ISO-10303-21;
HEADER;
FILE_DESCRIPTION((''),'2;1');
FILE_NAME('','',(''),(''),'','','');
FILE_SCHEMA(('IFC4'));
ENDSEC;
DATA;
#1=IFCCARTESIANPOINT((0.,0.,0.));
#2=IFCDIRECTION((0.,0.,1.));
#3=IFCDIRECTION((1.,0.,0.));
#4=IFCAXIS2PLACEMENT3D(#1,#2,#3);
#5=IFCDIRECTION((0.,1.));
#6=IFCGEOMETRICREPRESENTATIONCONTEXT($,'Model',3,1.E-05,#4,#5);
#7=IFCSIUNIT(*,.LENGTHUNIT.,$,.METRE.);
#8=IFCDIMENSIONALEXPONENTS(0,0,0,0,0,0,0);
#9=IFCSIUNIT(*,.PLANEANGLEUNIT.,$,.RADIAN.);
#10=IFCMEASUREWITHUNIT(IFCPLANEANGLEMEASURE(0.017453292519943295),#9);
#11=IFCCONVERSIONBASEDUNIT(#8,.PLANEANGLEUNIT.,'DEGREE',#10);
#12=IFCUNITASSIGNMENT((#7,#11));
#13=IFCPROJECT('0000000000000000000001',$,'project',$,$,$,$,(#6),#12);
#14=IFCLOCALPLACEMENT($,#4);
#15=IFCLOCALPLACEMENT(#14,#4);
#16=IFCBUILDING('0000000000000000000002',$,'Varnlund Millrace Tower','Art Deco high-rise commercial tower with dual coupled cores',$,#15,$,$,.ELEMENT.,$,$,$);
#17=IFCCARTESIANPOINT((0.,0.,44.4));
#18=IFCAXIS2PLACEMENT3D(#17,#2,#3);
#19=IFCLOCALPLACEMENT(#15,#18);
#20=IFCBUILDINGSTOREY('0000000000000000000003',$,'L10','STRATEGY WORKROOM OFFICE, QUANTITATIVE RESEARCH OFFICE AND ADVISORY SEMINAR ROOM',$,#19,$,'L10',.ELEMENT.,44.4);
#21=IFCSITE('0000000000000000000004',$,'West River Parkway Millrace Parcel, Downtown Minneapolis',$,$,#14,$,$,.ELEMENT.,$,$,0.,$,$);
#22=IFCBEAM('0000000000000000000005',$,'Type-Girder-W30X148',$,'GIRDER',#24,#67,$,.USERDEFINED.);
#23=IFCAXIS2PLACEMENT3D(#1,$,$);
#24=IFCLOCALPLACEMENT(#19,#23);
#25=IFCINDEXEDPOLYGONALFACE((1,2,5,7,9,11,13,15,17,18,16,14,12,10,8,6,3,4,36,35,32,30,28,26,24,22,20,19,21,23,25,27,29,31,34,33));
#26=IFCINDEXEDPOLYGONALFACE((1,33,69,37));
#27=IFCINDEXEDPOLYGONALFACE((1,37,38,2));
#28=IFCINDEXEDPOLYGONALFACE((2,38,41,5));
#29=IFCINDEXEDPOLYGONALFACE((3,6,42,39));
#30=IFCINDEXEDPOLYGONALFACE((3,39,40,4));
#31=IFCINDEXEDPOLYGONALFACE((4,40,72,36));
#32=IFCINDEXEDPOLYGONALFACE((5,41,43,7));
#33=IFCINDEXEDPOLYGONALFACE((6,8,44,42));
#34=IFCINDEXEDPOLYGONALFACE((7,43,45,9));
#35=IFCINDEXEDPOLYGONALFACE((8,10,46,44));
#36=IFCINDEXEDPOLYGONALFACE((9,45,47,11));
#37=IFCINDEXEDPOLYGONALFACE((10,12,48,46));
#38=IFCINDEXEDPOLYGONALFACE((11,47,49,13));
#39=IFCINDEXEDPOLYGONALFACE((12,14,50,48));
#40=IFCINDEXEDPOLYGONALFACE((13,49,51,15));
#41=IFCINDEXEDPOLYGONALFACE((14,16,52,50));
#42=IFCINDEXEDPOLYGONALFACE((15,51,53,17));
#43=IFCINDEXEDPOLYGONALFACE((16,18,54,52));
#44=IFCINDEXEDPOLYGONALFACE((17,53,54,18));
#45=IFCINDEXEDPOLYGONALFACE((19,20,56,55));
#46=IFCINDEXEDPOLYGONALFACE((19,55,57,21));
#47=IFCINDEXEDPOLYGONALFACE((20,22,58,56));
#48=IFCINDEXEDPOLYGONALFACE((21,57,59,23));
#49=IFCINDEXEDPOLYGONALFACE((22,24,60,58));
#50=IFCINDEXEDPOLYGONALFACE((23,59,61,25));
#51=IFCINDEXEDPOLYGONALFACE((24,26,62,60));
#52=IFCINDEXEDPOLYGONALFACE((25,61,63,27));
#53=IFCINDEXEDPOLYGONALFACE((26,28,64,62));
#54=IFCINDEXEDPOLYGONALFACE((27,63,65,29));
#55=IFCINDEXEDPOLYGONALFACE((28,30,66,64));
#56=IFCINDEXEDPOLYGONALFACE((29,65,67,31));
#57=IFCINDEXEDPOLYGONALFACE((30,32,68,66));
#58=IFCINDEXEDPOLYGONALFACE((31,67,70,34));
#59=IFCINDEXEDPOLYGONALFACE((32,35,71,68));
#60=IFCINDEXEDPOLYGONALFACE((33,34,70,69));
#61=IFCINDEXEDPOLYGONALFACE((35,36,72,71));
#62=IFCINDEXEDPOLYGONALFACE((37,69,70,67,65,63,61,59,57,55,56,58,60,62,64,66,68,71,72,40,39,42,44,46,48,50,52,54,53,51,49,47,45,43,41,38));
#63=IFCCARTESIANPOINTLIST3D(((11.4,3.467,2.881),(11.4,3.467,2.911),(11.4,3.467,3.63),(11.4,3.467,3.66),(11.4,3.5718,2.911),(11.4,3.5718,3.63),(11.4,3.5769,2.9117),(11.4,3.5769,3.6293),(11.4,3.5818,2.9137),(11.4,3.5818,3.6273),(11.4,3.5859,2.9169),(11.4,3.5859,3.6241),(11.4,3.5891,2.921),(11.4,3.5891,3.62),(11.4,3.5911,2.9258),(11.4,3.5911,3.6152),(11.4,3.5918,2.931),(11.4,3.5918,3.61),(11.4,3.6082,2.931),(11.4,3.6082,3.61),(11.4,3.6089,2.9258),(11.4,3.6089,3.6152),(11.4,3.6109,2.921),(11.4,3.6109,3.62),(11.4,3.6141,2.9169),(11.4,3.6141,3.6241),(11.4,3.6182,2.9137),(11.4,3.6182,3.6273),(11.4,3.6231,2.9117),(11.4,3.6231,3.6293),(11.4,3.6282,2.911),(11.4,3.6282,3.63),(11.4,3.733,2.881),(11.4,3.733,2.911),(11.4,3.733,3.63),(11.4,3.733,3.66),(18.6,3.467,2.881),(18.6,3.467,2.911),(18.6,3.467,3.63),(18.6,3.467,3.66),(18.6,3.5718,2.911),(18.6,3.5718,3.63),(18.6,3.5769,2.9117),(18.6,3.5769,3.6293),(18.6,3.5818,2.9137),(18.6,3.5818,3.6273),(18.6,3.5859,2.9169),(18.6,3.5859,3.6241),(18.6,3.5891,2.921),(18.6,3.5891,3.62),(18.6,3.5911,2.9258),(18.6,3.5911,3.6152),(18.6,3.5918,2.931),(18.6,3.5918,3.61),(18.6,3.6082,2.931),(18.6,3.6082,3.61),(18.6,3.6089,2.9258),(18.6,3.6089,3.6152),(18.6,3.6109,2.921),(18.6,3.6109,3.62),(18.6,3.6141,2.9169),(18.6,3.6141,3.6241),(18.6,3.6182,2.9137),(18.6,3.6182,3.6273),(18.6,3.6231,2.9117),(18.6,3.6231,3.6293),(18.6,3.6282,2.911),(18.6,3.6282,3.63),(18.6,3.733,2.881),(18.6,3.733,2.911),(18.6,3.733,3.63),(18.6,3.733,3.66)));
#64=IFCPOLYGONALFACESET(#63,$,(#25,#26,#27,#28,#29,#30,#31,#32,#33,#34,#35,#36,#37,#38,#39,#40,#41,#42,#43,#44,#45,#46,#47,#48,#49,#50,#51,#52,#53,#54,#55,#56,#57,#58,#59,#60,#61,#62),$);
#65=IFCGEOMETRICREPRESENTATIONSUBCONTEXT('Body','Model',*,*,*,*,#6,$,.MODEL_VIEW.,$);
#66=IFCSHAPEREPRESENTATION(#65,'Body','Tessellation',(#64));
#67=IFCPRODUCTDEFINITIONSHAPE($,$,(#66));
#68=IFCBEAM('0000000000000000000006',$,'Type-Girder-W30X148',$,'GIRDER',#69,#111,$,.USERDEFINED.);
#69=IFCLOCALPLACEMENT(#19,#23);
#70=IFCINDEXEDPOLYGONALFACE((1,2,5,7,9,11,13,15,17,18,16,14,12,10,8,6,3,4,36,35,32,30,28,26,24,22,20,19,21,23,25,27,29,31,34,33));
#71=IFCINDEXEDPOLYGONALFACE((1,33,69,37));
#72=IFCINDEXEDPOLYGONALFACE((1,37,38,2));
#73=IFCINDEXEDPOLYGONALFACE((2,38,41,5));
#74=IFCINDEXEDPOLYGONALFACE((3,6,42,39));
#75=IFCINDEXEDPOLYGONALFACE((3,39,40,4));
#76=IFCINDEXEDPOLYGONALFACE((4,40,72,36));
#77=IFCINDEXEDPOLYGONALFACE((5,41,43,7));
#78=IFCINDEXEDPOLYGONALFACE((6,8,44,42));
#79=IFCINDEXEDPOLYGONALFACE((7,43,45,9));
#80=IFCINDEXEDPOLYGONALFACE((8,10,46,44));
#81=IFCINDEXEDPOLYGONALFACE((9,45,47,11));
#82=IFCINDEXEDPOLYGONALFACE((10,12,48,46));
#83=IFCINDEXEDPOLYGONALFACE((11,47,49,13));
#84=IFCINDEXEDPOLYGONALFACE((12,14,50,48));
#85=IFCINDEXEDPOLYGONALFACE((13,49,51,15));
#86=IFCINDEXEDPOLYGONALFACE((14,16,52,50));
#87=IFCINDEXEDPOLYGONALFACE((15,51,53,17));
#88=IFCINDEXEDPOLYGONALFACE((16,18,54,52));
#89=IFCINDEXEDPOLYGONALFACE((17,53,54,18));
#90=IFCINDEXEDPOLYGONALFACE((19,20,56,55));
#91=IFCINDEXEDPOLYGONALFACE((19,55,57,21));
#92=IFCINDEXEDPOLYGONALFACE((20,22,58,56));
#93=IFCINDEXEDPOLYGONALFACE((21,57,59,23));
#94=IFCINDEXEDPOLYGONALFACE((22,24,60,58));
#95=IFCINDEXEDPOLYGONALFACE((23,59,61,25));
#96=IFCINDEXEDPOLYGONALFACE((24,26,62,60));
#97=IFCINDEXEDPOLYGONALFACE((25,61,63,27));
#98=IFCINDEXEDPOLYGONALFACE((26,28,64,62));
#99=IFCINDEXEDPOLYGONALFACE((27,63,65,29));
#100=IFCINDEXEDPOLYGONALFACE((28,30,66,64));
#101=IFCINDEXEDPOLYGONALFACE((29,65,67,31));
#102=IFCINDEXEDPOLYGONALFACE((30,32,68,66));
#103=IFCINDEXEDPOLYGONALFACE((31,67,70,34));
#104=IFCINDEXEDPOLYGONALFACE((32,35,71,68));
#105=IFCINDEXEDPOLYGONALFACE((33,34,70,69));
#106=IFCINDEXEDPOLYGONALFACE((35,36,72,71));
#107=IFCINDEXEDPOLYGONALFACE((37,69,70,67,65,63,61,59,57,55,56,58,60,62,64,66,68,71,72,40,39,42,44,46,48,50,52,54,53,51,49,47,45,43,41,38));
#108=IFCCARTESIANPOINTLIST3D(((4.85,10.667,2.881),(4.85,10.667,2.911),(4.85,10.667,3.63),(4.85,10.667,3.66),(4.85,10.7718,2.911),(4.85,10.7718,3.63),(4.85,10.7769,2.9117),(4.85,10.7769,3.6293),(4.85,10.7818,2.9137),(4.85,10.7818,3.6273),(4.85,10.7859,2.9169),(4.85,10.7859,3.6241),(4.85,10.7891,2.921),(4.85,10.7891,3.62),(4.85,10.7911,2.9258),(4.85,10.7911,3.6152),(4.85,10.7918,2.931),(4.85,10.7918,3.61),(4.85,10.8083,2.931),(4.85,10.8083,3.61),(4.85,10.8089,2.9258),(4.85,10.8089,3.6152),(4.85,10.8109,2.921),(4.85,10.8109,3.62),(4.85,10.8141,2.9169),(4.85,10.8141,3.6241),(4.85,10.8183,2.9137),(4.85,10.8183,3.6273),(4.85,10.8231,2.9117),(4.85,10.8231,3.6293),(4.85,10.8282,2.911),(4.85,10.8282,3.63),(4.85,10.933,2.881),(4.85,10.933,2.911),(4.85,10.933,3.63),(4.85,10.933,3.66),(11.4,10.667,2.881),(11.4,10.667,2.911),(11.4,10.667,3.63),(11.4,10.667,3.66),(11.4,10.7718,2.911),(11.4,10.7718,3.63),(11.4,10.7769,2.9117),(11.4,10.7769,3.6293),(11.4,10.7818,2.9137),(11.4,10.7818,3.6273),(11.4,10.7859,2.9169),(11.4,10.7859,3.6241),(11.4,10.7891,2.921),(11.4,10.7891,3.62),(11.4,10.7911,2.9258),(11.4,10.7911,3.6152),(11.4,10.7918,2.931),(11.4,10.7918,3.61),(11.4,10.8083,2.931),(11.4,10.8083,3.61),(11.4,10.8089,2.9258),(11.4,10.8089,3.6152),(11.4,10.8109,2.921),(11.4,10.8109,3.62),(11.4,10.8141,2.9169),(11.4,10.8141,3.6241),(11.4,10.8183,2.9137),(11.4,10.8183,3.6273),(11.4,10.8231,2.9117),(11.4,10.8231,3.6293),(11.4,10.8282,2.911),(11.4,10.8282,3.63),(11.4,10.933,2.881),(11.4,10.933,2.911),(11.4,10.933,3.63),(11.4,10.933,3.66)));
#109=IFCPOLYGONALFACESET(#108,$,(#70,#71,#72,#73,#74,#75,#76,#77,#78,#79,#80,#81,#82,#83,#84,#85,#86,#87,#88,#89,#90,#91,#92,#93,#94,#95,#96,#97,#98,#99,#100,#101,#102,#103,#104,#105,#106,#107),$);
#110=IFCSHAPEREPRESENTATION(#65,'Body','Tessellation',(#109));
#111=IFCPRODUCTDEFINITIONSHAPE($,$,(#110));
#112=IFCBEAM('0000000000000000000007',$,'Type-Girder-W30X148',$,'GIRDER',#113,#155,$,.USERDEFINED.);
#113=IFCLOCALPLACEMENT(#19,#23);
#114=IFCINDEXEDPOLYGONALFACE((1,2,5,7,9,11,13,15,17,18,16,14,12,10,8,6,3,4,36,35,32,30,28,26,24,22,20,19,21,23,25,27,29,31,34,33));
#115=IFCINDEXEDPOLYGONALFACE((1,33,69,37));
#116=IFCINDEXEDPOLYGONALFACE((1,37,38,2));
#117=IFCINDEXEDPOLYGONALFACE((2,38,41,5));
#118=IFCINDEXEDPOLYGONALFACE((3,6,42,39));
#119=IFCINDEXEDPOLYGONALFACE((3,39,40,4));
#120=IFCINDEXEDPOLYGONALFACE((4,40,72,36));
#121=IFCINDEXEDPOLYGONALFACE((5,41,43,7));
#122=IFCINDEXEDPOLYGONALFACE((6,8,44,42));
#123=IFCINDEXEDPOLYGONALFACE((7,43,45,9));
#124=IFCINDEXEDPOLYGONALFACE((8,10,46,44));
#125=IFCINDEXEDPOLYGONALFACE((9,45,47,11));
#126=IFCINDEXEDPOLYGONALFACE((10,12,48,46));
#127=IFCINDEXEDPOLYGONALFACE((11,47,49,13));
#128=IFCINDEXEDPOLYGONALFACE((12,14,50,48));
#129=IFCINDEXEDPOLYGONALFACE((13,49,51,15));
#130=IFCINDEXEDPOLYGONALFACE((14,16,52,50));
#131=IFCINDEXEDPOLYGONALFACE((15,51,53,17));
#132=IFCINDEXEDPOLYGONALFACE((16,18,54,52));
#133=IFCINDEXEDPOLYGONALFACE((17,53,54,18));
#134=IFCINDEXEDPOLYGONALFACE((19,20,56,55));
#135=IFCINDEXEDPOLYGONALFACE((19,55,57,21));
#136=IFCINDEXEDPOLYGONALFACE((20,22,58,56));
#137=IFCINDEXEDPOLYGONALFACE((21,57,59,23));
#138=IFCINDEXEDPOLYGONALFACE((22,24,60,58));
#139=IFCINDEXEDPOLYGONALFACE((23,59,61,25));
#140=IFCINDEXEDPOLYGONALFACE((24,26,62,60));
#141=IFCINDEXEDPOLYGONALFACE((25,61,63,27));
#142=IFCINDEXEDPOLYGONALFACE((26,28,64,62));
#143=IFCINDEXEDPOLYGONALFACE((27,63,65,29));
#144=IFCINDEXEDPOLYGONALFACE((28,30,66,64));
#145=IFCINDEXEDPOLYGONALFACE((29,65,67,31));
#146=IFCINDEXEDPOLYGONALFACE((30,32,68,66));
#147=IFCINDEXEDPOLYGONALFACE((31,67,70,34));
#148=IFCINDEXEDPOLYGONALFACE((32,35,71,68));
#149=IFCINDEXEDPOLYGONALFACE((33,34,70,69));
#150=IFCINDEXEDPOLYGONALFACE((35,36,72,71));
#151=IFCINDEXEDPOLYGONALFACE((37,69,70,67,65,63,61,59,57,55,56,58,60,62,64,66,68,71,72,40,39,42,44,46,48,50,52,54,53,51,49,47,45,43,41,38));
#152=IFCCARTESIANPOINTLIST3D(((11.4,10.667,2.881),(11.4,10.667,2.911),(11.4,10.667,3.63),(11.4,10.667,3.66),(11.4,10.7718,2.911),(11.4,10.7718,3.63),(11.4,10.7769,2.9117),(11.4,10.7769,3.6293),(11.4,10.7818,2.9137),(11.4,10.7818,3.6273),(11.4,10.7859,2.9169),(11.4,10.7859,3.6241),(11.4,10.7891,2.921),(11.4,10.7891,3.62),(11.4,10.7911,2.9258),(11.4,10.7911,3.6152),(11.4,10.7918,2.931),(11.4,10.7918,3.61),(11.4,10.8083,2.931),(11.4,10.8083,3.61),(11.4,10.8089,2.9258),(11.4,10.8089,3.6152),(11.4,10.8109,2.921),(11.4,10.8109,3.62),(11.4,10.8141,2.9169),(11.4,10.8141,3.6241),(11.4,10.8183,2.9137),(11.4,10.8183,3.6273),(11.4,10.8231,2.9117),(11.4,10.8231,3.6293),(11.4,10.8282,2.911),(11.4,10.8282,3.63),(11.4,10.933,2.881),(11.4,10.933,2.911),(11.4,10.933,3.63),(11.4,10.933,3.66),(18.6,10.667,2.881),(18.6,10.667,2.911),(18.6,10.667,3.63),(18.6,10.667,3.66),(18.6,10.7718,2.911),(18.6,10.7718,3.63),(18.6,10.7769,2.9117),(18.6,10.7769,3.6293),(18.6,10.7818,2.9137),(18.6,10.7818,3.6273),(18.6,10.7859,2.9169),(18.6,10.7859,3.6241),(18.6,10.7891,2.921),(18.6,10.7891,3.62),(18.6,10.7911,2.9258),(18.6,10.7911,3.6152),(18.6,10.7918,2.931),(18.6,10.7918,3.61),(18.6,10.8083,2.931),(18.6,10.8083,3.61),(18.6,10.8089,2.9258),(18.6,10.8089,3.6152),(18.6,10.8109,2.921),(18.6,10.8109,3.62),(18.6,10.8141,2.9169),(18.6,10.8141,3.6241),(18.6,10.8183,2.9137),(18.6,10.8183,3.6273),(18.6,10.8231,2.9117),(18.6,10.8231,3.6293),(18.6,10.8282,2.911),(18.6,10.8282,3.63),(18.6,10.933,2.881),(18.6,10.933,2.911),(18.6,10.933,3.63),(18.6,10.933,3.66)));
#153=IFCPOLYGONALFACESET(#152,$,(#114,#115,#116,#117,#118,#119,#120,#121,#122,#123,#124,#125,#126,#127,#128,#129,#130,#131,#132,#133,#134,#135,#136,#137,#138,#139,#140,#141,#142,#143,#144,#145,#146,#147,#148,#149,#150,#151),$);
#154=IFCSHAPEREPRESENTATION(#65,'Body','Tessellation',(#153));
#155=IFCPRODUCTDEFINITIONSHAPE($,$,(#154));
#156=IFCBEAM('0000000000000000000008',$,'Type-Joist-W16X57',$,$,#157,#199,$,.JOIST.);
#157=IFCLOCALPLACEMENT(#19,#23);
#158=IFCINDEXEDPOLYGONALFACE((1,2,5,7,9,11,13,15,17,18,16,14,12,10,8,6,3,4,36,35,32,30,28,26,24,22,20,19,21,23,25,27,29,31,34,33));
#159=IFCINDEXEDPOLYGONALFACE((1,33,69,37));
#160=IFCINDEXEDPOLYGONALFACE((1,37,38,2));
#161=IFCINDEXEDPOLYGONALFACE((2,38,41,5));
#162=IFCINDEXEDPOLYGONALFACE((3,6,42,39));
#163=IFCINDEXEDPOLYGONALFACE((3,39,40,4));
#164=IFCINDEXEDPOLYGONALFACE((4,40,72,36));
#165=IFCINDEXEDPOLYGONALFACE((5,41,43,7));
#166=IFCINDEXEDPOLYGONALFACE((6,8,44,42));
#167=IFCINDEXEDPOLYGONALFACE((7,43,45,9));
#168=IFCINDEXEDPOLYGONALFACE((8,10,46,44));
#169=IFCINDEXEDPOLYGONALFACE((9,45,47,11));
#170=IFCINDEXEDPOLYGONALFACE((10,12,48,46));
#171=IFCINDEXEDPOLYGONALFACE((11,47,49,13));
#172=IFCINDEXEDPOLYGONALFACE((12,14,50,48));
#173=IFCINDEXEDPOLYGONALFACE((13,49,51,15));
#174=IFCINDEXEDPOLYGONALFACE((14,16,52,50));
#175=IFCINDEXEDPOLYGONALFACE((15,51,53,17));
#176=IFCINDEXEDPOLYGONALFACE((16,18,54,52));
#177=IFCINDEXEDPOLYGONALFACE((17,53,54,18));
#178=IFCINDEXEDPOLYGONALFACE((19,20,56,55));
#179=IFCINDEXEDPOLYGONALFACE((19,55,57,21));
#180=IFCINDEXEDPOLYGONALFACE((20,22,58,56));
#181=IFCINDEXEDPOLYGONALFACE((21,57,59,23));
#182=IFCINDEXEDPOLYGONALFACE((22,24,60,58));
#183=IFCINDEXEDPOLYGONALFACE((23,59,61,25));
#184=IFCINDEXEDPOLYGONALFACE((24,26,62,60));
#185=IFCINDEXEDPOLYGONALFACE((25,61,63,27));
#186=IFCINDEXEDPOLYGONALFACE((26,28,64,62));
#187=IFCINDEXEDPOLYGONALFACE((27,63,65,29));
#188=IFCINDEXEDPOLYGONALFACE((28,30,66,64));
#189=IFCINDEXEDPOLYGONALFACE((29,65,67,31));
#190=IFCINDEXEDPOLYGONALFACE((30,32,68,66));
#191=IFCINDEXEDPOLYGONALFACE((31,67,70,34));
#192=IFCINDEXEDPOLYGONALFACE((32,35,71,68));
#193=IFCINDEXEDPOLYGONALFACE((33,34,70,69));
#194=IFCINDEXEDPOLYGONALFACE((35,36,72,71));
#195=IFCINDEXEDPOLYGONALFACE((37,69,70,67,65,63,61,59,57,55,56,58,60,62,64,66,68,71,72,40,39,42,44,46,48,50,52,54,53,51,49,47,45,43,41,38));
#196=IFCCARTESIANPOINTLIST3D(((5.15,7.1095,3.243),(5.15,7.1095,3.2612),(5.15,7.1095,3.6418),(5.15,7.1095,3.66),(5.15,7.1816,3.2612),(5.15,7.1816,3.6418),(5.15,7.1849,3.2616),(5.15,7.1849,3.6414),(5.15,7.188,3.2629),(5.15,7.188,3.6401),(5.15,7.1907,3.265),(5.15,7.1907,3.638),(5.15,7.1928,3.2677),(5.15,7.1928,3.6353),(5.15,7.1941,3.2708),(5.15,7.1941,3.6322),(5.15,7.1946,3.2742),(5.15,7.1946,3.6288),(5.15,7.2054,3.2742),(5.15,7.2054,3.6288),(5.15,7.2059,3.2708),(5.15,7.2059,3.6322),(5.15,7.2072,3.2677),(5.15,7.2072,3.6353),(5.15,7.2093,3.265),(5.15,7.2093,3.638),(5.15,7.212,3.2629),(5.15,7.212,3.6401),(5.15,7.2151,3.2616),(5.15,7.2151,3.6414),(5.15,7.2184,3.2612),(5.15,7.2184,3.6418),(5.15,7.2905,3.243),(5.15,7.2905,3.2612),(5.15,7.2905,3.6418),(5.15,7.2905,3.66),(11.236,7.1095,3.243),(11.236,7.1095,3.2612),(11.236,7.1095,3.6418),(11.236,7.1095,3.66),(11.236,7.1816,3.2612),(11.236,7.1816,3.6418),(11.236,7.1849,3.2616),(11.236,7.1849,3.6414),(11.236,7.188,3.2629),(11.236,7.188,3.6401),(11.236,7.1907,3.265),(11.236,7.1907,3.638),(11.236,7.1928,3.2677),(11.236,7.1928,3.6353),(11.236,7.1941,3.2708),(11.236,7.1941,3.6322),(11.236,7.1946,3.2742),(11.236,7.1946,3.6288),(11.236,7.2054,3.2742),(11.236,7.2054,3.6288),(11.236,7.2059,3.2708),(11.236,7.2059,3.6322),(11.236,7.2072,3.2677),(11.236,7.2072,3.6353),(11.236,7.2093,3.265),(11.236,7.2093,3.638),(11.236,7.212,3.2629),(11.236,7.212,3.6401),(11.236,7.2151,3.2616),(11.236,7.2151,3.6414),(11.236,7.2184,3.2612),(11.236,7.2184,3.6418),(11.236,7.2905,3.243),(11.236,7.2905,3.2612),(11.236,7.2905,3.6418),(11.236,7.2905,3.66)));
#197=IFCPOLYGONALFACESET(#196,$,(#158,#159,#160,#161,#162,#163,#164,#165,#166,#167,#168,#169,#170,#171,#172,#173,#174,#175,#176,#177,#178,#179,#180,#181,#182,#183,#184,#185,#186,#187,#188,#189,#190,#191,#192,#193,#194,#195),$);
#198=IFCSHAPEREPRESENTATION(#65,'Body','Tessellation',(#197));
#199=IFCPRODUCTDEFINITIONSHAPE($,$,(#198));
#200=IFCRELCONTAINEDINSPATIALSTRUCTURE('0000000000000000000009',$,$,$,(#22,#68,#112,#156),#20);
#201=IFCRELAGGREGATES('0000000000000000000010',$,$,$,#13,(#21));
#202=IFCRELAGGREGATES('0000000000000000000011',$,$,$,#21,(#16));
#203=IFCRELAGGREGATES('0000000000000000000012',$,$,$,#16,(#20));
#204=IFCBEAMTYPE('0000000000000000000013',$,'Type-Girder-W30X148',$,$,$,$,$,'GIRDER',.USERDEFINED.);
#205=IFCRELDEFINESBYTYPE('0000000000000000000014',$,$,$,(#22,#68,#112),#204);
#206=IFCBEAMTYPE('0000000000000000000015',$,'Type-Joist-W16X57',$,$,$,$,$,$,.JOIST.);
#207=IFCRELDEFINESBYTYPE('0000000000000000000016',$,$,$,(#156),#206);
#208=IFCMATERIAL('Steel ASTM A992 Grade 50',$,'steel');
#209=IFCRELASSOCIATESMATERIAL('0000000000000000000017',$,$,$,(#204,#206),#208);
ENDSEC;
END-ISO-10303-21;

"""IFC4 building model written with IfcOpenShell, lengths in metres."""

from ifc_helpers import new_model, entity, si_unit, converted_unit, direction, frame, origin_with_axes, origin_2d_with_axis, place, context, subcontext, project, spatial, i_section, extrude, material, material_profile, profile_set, type_object, element, save


model = new_model("IFC4")

# Units and contexts
model_context = context("Model", 3, precision=1e-05, world=origin_with_axes(), true_north=direction((0.0, 1.0)))
body_context = subcontext(model_context, "Body", "Model", "MODEL_VIEW")
ifc_project = project(units=[si_unit("LENGTHUNIT", "METRE"), converted_unit("PLANEANGLEUNIT", "DEGREE", entity("IfcPlaneAngleMeasure", 0.017453292519943295), si_unit("PLANEANGLEUNIT", "RADIAN"), dimensions=[0, 0, 0, 0, 0, 0, 0])], contexts=[model_context])

# Site, building, storey
site_placement = place(None, origin_with_axes())
site = spatial("IfcSite", under=ifc_project, at=site_placement, Name="West River Parkway Millrace Parcel, Downtown Minneapolis", CompositionType="ELEMENT", RefElevation=0.0)
building_placement = place(site_placement, origin_with_axes())
building = spatial("IfcBuilding", under=site, at=building_placement, Name="Varnlund Millrace Tower", Description="Art Deco high-rise commercial tower with dual coupled cores", CompositionType="ELEMENT")
storey_placement = place(building_placement, frame((0.0, 0.0, 44.4), z_axis=(0.0, 0.0, 1.0), x_axis=(1.0, 0.0, 0.0)))
storey = spatial("IfcBuildingStorey", under=building, at=storey_placement, Name="L10", Description="STRATEGY WORKROOM OFFICE, QUANTITATIVE RESEARCH OFFICE AND ADVISORY SEMINAR ROOM", LongName="L10", CompositionType="ELEMENT", Elevation=44.4)

# Beams
ifc_material_1 = material(Name="Steel ASTM A992 Grade 50", Category="steel")
ifc_material_profile_1 = material_profile(ifc_material_1, i_section(OverallWidth=0.266, OverallDepth=0.779, WebThickness=0.0165, FlangeThickness=0.03, FilletRadius=0.02, at=origin_2d_with_axis()), Name="Steel ASTM A992 Grade 50")
ifc_profile_set_1 = profile_set([ifc_material_profile_1], Name="Steel ASTM A992 Grade 50")
beam_type_1 = type_object("IfcBeamType", Name="Type-Girder-W30X148", ElementType="GIRDER", PredefinedType="USERDEFINED", material=ifc_profile_set_1)
beam_1_placement = place(storey_placement, frame((11.4, 3.6, 3.2705), z_axis=(1.0, 0.0, 0.0), x_axis=(0.0, 1.0, 0.0)))
element("IfcBeam", 1, at=beam_1_placement, inside=storey, type_object=beam_type_1, Name="Type-Girder-W30X148", ObjectType="GIRDER", PredefinedType="USERDEFINED", context=body_context, shape_type="SweptSolid", body=[
    extrude(i_section(OverallWidth=0.266, OverallDepth=0.779, WebThickness=0.0165, FlangeThickness=0.03, FilletRadius=0.02, at=origin_2d_with_axis()), origin_with_axes(), (0.0, 0.0, 1.0), 7.2),
])
beam_2_placement = place(storey_placement, frame((4.85, 10.8, 3.2705), z_axis=(1.0, 0.0, 0.0), x_axis=(0.0, 1.0, 0.0)))
element("IfcBeam", 2, at=beam_2_placement, inside=storey, type_object=beam_type_1, Name="Type-Girder-W30X148", ObjectType="GIRDER", PredefinedType="USERDEFINED", context=body_context, shape_type="SweptSolid", body=[
    extrude(i_section(OverallWidth=0.266, OverallDepth=0.779, WebThickness=0.0165, FlangeThickness=0.03, FilletRadius=0.02, at=origin_2d_with_axis()), origin_with_axes(), (0.0, 0.0, 1.0), 6.55),
])
beam_3_placement = place(storey_placement, frame((11.4, 10.8, 3.2705), z_axis=(1.0, 0.0, 0.0), x_axis=(0.0, 1.0, 0.0)))
element("IfcBeam", 3, at=beam_3_placement, inside=storey, type_object=beam_type_1, Name="Type-Girder-W30X148", ObjectType="GIRDER", PredefinedType="USERDEFINED", context=body_context, shape_type="SweptSolid", body=[
    extrude(i_section(OverallWidth=0.266, OverallDepth=0.779, WebThickness=0.0165, FlangeThickness=0.03, FilletRadius=0.02, at=origin_2d_with_axis()), origin_with_axes(), (0.0, 0.0, 1.0), 7.2),
])
ifc_material_profile_2 = material_profile(ifc_material_1, i_section(OverallWidth=0.181, OverallDepth=0.417, WebThickness=0.0109, FlangeThickness=0.0182, FilletRadius=0.013, at=origin_2d_with_axis()), Name="Steel ASTM A992 Grade 50")
ifc_profile_set_2 = profile_set([ifc_material_profile_2], Name="Steel ASTM A992 Grade 50")
beam_type_2 = type_object("IfcBeamType", Name="Type-Joist-W16X57", PredefinedType="JOIST", material=ifc_profile_set_2)
for number, where, z_axis, x_axis, name in (
    (4, (5.15, 7.2, 3.4515), (1.0, 0.0, 0.0), (0.0, 1.0, 0.0), "Type-Joist-W16X57"),
):
    element("IfcBeam", number, at=place(storey_placement, frame(where, z_axis=z_axis, x_axis=x_axis)), inside=storey, type_object=beam_type_2, Name=name, PredefinedType="JOIST", context=body_context, shape_type="SweptSolid", body=[
        extrude(i_section(OverallWidth=0.181, OverallDepth=0.417, WebThickness=0.0109, FlangeThickness=0.0182, FilletRadius=0.013, at=origin_2d_with_axis()), origin_with_axes(), (0.0, 0.0, 1.0), 6.086),
    ])

save(model, "model.ifc")
